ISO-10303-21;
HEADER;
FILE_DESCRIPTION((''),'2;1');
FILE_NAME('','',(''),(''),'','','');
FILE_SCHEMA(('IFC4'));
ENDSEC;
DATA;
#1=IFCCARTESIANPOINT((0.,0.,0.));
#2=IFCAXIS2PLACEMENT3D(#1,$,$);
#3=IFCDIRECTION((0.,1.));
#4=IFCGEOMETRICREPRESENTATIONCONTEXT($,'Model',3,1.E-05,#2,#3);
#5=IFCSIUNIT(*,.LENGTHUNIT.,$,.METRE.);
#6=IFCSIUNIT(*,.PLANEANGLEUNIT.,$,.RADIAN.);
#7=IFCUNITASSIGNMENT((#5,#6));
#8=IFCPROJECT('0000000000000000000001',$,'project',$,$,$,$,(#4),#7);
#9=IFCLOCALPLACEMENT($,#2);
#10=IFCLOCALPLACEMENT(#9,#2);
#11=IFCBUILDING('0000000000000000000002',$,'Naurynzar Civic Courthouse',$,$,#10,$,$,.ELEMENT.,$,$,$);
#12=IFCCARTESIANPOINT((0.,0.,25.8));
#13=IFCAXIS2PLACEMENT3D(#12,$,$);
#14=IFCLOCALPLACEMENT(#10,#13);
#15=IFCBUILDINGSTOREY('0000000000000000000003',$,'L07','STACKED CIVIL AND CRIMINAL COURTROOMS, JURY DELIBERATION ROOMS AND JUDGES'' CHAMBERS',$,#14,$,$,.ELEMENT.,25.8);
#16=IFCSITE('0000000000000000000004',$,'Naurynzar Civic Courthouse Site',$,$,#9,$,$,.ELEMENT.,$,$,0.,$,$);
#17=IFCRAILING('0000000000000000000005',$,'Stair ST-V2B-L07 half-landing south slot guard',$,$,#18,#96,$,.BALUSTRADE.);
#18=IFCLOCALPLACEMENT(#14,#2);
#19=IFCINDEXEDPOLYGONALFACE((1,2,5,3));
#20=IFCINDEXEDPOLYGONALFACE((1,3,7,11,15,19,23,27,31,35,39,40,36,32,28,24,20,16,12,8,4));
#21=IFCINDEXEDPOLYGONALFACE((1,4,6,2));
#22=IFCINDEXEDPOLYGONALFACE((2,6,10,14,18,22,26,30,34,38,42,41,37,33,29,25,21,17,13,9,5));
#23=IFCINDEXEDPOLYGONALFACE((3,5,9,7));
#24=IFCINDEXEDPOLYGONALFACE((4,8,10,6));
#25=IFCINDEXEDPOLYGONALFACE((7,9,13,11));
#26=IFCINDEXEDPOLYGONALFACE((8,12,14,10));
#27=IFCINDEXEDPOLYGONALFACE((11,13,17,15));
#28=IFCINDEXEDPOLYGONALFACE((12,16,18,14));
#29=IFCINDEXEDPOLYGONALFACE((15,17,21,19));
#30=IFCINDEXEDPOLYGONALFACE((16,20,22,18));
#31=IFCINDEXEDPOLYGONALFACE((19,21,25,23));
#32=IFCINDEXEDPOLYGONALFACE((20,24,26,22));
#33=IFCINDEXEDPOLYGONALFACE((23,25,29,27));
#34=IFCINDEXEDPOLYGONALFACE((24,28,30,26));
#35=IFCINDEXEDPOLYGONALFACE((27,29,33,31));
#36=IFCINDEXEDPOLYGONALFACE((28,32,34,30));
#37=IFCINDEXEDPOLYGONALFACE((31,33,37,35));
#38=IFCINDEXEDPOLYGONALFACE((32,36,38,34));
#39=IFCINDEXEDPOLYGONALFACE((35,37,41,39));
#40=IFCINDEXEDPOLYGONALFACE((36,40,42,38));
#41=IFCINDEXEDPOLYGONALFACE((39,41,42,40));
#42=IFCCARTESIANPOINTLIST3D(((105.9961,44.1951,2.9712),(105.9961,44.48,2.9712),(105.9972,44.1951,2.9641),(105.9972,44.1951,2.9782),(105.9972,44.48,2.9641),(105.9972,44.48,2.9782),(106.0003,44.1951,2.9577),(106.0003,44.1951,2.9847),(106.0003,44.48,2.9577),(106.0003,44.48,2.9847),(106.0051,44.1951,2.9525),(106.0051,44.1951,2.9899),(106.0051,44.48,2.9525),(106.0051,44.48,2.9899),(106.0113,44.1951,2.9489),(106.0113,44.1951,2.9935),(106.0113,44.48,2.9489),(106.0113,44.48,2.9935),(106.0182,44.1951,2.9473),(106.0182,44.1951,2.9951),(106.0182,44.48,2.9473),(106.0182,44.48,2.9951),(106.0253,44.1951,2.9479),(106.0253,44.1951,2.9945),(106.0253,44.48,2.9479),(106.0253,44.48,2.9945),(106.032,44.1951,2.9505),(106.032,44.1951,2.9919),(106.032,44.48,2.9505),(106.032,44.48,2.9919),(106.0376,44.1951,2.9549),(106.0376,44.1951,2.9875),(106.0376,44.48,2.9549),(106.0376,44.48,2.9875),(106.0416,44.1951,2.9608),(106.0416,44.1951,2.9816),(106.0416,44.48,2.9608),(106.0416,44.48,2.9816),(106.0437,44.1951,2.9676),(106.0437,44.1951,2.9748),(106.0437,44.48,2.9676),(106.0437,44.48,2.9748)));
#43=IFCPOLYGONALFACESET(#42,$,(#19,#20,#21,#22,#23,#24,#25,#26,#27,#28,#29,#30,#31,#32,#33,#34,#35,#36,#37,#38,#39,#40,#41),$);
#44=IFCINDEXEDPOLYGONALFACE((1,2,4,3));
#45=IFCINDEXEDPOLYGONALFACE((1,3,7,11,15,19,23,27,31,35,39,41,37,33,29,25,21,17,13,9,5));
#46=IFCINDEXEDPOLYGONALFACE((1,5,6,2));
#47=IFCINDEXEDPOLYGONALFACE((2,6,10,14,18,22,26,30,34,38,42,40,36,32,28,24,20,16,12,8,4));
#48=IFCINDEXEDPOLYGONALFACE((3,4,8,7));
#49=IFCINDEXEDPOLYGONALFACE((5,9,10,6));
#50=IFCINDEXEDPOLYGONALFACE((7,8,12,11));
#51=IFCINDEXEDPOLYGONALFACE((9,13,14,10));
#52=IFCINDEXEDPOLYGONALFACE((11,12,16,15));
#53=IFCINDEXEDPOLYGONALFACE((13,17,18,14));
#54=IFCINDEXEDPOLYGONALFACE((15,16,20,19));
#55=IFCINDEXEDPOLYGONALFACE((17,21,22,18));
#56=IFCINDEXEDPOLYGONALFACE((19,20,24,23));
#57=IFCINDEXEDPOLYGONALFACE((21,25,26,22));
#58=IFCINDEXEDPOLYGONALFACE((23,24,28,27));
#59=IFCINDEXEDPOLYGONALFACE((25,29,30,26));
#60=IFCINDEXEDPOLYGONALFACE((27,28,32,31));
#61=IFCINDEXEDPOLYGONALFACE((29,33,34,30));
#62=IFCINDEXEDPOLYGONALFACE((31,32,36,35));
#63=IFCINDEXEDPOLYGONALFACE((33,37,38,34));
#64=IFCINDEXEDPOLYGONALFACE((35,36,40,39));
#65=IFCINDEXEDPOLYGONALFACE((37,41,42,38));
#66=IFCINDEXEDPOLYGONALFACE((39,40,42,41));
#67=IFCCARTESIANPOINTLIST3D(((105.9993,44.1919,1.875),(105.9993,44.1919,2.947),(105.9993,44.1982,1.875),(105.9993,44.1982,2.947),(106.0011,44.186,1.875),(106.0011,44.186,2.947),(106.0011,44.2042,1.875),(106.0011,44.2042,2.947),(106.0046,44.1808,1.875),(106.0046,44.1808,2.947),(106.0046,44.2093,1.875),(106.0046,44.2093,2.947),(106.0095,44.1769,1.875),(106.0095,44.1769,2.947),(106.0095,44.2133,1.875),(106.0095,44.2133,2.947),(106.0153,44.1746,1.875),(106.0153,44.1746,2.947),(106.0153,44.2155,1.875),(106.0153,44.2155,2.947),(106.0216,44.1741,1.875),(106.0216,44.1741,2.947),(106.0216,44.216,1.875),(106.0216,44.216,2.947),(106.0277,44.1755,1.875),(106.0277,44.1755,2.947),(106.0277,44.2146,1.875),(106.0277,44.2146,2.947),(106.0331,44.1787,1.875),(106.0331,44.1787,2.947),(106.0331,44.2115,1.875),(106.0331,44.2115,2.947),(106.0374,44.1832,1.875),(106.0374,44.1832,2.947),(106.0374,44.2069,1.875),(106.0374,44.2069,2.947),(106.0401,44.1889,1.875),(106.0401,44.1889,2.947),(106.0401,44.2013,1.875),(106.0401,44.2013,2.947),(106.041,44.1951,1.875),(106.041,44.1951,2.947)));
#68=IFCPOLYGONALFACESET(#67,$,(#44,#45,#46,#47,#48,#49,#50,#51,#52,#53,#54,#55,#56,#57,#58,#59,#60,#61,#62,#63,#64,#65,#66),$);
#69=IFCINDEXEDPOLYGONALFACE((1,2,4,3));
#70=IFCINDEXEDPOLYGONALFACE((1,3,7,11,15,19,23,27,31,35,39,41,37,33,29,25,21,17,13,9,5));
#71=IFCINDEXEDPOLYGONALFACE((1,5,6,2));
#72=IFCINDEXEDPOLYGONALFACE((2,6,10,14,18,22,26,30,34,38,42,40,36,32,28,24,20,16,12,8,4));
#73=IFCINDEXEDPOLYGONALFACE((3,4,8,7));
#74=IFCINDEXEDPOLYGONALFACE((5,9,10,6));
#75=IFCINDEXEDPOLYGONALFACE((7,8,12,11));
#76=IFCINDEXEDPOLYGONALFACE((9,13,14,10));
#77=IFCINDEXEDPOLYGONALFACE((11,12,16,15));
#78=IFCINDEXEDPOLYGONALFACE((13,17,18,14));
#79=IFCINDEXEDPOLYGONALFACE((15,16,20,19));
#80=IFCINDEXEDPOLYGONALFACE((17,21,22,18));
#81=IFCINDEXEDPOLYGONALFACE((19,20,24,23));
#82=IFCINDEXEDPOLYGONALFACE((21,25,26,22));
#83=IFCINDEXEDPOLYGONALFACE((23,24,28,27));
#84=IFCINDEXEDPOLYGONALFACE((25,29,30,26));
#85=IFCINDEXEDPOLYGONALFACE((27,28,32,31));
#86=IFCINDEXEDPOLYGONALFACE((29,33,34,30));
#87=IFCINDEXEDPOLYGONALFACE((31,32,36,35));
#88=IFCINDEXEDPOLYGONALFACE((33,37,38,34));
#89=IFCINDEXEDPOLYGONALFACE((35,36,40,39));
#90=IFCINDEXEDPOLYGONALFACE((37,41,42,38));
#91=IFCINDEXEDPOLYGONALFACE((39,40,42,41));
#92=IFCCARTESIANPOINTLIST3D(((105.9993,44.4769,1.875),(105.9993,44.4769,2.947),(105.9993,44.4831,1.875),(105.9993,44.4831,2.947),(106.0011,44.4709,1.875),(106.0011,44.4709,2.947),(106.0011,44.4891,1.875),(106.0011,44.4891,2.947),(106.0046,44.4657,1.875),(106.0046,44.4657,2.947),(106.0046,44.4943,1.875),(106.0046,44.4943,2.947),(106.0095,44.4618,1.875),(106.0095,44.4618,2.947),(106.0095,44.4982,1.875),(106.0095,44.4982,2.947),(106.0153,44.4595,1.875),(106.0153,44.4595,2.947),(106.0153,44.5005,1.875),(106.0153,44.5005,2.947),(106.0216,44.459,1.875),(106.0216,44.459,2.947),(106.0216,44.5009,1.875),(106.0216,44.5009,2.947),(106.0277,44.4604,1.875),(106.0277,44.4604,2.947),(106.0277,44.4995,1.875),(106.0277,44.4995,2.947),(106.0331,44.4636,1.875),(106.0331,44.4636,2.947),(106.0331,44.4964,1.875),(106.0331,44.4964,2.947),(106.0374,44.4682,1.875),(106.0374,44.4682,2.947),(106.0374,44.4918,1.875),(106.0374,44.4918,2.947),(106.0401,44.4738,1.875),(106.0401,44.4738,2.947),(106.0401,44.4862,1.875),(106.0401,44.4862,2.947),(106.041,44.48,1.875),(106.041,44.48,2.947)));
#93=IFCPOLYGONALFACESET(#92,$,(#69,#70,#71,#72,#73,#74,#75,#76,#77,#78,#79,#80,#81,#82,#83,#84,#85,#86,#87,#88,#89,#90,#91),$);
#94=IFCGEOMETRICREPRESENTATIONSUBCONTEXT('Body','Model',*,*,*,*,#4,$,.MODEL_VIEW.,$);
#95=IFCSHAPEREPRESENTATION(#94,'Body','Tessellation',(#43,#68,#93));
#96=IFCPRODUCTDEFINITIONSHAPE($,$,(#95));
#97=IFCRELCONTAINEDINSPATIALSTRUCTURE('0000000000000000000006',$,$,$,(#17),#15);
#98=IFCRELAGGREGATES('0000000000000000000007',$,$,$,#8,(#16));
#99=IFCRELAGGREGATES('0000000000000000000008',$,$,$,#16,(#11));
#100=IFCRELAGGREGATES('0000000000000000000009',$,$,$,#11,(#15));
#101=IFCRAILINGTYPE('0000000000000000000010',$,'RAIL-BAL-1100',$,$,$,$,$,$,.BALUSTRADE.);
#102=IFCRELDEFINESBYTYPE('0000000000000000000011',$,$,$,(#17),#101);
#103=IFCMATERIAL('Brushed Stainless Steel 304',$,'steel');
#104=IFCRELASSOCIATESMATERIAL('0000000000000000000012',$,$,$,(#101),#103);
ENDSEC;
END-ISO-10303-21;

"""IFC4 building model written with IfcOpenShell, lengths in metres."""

from ifc_helpers import new_model, si_unit, direction, frame, origin, origin_2d, place, context, subcontext, project, spatial, circle, extrude, material, type_object, element, save


model = new_model("IFC4")

# Units and contexts
model_context = context("Model", 3, precision=1e-05, world=origin(), true_north=direction((0.0, 1.0)))
body_context = subcontext(model_context, "Body", "Model", "MODEL_VIEW")
ifc_project = project(units=[si_unit("LENGTHUNIT", "METRE"), si_unit("PLANEANGLEUNIT", "RADIAN")], contexts=[model_context])

# Site, building, storey
site_placement = place(None, origin())
site = spatial("IfcSite", under=ifc_project, at=site_placement, Name="Naurynzar Civic Courthouse Site", CompositionType="ELEMENT", RefElevation=0.0)
building_placement = place(site_placement, origin())
building = spatial("IfcBuilding", under=site, at=building_placement, Name="Naurynzar Civic Courthouse", CompositionType="ELEMENT")
storey_placement = place(building_placement, frame((0.0, 0.0, 25.8)))
storey = spatial("IfcBuildingStorey", under=building, at=storey_placement, Name="L07", Description="STACKED CIVIL AND CRIMINAL COURTROOMS, JURY DELIBERATION ROOMS AND JUDGES' CHAMBERS", CompositionType="ELEMENT", Elevation=25.8)

# Railing
ifc_material_1 = material(Name="Brushed Stainless Steel 304", Category="steel")
railing_type = type_object("IfcRailingType", Name="RAIL-BAL-1100", PredefinedType="BALUSTRADE", material=ifc_material_1)
railing_1_placement = place(storey_placement, frame((106.02, 44.1951, 1.875)))
element("IfcRailing", 1, at=railing_1_placement, inside=storey, type_object=railing_type, Name="Stair ST-V2B-L07 half-landing south slot guard", PredefinedType="BALUSTRADE", context=body_context, shape_type="SweptSolid", body=[
    extrude(circle(Radius=0.0239, at=origin_2d()), frame((0.0, 0.0, 1.0962), z_axis=(0.0, 1.0, 0.0), x_axis=(-1.0, 0.0, 0.0)), (0.0, 0.0, 1.0), 0.2849),
    extrude(circle(Radius=0.021, at=origin_2d()), origin(), (0.0, 0.0, 1.0), 1.072),
    extrude(circle(Radius=0.021, at=origin_2d()), frame((0.0, 0.2849, 0.0)), (0.0, 0.0, 1.0), 1.072),
])

save(model, "model.ifc")
